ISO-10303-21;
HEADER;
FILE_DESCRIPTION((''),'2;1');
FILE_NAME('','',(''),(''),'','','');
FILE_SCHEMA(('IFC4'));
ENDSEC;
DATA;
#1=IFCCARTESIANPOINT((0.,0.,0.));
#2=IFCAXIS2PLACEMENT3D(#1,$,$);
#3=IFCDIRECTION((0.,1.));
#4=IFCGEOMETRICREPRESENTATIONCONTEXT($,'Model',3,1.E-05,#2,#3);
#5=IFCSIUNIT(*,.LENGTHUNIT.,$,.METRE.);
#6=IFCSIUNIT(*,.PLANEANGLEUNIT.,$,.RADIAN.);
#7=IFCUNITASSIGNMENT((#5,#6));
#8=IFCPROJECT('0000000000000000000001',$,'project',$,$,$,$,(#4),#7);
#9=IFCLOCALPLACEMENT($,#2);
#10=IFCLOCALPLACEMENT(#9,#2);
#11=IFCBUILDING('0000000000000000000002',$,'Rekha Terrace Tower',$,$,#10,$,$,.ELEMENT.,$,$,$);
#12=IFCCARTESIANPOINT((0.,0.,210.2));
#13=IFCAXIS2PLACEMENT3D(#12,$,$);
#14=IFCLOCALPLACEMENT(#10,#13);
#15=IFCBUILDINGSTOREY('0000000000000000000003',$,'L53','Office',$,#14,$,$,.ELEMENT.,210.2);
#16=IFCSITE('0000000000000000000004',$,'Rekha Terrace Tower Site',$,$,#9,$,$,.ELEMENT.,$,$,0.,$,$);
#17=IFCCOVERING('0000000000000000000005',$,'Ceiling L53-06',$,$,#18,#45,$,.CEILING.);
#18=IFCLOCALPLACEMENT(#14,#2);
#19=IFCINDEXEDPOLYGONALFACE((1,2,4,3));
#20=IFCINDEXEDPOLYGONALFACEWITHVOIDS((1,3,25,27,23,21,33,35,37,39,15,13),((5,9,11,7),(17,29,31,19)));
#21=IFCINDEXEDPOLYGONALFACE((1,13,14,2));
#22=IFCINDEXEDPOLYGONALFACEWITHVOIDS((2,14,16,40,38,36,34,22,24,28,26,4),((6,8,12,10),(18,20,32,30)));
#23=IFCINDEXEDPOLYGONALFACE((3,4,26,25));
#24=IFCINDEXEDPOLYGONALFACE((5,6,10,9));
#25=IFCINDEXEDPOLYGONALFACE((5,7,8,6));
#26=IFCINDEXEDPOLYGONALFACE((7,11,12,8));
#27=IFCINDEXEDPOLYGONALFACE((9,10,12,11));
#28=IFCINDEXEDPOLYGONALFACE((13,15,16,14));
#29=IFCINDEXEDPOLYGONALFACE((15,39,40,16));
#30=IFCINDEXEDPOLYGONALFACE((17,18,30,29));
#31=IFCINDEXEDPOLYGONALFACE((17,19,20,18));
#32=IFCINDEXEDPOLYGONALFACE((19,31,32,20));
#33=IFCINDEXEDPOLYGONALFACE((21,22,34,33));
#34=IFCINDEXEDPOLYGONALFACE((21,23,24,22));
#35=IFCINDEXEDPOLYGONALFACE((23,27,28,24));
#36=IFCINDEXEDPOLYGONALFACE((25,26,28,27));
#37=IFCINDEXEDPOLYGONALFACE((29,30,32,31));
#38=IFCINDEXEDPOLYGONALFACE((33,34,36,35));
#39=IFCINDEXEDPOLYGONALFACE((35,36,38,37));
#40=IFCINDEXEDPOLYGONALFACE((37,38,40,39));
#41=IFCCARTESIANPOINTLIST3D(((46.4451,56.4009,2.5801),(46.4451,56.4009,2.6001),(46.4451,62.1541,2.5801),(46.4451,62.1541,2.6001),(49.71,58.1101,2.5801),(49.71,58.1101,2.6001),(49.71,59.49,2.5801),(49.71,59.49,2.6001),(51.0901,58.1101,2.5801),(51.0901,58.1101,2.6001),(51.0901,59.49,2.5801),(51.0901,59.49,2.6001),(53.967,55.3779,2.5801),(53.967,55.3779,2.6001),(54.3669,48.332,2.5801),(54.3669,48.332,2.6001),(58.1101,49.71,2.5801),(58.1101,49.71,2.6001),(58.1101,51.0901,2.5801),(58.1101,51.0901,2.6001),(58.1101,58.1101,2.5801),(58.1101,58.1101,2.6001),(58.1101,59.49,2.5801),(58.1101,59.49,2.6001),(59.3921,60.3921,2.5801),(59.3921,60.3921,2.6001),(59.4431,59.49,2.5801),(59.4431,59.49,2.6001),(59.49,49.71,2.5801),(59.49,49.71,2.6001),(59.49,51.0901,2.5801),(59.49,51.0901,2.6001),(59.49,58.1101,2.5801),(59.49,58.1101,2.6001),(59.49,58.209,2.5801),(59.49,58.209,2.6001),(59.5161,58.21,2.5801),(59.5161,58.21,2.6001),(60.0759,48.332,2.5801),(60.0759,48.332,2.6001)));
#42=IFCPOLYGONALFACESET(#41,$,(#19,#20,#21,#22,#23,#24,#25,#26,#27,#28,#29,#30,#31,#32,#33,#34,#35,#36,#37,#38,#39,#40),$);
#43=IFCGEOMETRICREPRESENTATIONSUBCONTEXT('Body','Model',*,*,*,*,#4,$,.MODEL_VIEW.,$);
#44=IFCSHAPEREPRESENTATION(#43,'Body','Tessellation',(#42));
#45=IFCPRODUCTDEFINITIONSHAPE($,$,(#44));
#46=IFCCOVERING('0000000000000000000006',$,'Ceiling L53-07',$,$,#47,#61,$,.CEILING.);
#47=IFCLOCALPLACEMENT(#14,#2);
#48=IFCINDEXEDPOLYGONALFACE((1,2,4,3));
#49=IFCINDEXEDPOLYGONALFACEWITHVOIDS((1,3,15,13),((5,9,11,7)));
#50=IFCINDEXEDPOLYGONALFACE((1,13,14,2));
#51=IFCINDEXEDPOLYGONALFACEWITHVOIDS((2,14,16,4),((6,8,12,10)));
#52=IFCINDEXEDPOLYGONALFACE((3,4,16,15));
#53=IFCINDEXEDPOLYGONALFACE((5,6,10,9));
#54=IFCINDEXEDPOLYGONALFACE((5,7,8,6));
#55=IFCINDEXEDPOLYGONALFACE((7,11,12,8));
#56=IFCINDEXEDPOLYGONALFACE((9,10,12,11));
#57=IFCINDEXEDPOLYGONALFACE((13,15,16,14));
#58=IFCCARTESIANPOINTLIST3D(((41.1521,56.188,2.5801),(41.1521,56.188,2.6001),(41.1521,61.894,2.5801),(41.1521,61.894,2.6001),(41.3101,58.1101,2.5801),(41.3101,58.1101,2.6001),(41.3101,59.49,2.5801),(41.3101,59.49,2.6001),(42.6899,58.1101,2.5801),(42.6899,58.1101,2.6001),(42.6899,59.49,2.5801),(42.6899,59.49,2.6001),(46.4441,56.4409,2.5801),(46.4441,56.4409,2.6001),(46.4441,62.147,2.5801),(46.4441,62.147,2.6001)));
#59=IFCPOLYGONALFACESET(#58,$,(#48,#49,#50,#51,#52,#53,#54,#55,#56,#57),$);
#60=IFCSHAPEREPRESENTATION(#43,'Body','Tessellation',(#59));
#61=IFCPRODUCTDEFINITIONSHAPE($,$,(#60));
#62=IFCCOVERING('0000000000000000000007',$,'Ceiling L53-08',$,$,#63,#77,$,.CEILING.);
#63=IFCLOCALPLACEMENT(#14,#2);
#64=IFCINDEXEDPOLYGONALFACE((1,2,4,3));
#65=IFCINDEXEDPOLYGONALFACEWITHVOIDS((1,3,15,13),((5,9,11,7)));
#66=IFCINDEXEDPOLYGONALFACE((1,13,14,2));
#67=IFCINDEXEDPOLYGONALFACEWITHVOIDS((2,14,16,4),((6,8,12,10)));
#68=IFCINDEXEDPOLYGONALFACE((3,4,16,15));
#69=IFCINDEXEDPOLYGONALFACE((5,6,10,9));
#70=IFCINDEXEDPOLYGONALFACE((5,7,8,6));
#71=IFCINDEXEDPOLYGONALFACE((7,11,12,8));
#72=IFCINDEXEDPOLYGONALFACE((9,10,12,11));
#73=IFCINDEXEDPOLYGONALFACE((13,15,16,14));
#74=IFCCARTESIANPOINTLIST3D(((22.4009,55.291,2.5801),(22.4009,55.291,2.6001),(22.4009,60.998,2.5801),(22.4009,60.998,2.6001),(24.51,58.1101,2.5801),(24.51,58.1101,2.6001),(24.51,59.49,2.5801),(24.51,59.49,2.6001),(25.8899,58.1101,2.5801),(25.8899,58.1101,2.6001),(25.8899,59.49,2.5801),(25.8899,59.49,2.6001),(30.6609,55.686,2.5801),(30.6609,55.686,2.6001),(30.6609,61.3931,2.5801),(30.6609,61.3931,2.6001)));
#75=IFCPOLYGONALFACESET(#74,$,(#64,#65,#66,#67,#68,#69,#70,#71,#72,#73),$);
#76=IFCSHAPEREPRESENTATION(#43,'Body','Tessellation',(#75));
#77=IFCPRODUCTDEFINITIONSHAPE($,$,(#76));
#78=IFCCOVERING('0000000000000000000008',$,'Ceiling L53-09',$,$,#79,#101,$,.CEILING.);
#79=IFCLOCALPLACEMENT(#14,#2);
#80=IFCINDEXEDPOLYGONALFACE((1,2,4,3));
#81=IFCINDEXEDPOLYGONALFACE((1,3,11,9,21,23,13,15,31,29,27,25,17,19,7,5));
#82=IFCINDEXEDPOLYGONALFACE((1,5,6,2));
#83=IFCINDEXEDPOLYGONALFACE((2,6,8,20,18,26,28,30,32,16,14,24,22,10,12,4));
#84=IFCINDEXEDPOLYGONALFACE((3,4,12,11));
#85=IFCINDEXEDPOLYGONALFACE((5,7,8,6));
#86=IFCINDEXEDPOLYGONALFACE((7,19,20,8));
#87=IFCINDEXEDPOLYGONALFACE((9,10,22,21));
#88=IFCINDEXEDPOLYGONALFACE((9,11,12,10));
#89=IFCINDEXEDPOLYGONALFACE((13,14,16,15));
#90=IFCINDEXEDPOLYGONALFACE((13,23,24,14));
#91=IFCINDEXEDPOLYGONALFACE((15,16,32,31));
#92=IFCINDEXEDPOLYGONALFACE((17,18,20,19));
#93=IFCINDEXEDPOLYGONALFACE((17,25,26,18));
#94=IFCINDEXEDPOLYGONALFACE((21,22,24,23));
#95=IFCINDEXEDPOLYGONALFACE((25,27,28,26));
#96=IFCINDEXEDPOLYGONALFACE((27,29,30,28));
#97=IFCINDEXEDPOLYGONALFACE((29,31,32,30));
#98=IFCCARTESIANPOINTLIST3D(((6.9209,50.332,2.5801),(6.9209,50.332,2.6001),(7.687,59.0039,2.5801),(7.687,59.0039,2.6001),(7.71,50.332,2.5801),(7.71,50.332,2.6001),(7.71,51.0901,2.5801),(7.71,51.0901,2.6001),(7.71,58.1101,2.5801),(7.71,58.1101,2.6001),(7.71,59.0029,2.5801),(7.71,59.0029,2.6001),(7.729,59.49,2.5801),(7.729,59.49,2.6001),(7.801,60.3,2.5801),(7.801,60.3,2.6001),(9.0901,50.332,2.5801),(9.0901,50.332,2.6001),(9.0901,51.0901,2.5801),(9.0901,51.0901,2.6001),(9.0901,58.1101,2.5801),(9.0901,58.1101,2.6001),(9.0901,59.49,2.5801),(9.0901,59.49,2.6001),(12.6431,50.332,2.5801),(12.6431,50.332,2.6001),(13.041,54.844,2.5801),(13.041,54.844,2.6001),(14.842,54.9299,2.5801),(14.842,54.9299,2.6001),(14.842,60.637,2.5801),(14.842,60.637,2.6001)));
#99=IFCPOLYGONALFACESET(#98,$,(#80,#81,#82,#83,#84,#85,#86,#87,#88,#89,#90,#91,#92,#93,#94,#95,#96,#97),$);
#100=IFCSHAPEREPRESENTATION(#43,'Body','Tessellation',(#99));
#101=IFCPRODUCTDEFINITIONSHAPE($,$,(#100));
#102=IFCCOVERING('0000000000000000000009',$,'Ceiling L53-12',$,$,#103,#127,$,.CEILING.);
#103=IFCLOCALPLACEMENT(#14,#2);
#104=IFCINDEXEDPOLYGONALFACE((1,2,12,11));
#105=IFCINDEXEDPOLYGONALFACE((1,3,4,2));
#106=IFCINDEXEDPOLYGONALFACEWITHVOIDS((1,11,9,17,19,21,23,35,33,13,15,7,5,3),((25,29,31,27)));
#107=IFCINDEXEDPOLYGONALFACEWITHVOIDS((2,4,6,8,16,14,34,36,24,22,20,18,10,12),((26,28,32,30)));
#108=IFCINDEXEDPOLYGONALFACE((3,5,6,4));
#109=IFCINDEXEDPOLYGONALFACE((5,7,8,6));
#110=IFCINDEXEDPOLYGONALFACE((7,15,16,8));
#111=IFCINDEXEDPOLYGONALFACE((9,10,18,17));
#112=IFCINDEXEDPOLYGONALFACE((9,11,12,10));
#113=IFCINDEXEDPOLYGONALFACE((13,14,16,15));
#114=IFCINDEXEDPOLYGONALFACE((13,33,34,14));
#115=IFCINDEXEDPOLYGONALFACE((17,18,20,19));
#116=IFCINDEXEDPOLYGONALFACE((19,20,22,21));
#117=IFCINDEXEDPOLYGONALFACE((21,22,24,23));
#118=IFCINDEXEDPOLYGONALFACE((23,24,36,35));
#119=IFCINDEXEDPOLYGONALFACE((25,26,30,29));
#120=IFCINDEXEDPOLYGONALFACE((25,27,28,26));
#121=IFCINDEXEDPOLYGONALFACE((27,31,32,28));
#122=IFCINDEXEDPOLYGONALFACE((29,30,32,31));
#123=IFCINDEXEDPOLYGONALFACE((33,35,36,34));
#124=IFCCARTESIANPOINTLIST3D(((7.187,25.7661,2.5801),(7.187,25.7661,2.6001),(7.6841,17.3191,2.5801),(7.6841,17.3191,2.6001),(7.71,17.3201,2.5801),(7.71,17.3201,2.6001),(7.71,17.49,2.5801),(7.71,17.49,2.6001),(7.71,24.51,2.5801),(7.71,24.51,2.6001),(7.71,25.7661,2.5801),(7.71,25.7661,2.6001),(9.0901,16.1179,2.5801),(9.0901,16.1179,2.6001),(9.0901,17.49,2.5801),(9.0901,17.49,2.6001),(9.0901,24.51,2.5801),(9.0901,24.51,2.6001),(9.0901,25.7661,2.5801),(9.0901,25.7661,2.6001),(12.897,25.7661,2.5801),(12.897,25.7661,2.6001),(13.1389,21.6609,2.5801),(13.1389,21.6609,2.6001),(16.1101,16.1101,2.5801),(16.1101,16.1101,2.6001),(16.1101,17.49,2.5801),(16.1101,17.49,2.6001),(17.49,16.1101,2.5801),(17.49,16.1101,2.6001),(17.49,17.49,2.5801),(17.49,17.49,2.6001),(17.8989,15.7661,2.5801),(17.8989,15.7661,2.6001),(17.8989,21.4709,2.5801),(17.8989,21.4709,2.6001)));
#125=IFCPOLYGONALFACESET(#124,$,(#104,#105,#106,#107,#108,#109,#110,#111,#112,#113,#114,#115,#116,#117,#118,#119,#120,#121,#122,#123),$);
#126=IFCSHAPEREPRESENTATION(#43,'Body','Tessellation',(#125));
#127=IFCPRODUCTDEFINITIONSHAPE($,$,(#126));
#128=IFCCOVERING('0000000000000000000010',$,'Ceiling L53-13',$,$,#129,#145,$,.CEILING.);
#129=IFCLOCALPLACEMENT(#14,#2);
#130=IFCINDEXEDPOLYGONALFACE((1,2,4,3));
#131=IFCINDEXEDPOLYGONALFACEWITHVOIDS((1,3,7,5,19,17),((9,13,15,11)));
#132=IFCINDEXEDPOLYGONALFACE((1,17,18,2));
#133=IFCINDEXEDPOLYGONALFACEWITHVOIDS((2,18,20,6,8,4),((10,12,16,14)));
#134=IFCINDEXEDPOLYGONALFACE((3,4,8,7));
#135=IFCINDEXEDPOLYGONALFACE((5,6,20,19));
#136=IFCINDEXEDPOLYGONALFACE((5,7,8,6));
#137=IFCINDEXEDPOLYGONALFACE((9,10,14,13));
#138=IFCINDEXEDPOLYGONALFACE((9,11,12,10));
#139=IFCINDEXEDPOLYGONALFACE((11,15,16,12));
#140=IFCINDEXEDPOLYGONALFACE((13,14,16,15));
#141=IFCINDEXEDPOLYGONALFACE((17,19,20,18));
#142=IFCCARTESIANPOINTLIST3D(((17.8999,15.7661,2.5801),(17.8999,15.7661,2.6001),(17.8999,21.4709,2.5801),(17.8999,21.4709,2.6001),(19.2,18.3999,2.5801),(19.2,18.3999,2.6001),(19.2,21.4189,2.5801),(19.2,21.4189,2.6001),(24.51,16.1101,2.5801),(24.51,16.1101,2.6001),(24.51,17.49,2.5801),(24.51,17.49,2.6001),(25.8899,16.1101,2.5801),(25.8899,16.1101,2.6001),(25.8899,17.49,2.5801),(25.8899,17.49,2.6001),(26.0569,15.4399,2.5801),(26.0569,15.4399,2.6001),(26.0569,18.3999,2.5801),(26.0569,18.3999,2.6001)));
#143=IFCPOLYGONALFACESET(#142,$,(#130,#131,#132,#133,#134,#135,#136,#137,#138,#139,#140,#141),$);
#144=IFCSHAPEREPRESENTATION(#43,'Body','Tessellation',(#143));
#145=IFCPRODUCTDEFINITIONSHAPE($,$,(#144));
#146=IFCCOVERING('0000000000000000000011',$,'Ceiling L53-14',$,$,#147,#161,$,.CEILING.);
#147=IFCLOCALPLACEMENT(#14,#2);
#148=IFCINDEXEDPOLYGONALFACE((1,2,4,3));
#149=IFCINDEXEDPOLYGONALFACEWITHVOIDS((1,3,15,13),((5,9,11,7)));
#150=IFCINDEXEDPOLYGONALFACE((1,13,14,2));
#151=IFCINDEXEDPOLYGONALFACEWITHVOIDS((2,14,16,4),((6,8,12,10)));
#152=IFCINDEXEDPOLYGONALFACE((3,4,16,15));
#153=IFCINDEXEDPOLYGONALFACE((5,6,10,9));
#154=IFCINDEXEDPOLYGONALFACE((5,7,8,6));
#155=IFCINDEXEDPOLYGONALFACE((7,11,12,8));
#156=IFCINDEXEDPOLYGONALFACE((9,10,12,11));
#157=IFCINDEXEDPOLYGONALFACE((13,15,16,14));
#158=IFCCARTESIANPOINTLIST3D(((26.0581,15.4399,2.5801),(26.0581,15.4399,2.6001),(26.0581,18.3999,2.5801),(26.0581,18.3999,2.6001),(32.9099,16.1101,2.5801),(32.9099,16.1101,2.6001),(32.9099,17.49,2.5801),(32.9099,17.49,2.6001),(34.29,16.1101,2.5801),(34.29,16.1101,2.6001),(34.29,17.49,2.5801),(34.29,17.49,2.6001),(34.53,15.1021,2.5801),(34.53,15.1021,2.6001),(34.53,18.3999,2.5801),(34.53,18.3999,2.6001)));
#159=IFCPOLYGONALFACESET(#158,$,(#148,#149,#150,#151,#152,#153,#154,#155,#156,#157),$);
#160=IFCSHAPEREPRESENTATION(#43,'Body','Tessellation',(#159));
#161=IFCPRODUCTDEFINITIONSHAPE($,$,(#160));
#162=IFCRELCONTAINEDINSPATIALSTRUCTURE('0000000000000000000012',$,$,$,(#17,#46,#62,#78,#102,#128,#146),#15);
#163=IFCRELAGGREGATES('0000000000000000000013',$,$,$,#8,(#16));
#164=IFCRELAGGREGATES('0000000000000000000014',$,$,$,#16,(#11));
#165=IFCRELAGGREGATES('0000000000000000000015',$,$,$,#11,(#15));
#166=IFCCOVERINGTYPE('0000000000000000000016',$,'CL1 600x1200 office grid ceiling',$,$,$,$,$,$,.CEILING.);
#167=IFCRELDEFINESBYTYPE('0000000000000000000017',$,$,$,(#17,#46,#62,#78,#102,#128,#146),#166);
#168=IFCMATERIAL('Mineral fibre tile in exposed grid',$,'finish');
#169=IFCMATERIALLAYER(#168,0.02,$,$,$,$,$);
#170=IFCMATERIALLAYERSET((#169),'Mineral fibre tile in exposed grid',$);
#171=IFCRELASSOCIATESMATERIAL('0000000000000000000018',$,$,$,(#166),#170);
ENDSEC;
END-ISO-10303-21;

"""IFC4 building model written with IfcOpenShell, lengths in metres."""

from ifc_helpers import new_model, si_unit, direction, frame, origin, place, context, subcontext, project, spatial, polyline, outline, extrude, material, layer, layer_set, type_object, element, save


model = new_model("IFC4")

# Units and contexts
model_context = context("Model", 3, precision=1e-05, world=origin(), true_north=direction((0.0, 1.0)))
body_context = subcontext(model_context, "Body", "Model", "MODEL_VIEW")
ifc_project = project(units=[si_unit("LENGTHUNIT", "METRE"), si_unit("PLANEANGLEUNIT", "RADIAN")], contexts=[model_context])

# Site, building, storey
site_placement = place(None, origin())
site = spatial("IfcSite", under=ifc_project, at=site_placement, Name="Rekha Terrace Tower Site", CompositionType="ELEMENT", RefElevation=0.0)
building_placement = place(site_placement, origin())
building = spatial("IfcBuilding", under=site, at=building_placement, Name="Rekha Terrace Tower", CompositionType="ELEMENT")
storey_placement = place(building_placement, frame((0.0, 0.0, 210.2)))
storey = spatial("IfcBuildingStorey", under=building, at=storey_placement, Name="L53", Description="Office", CompositionType="ELEMENT", Elevation=210.2)

# Coverings
ifc_material_1 = material(Name="Mineral fibre tile in exposed grid", Category="finish")
ifc_layer_1 = layer(ifc_material_1, 0.02)
ifc_layer_set_1 = layer_set([ifc_layer_1], Name="Mineral fibre tile in exposed grid")
covering_type_1 = type_object("IfcCoveringType", Name="CL1 600x1200 office grid ceiling", PredefinedType="CEILING", material=ifc_layer_set_1)
covering_1_placement = place(storey_placement, frame((0.0, 0.0, 2.5801)))
element("IfcCovering", 1, at=covering_1_placement, inside=storey, type_object=covering_type_1, Name="Ceiling L53-06", PredefinedType="CEILING", context=body_context, shape_type="SweptSolid", body=[
    extrude(outline(polyline([(58.1101, 59.49), (59.4431, 59.49), (59.3921, 60.3921), (46.4451, 62.1541), (46.4451, 56.4009), (53.967, 55.3779), (54.3669, 48.332), (60.0759, 48.332), (59.5161, 58.21), (59.49, 58.209), (59.49, 58.1101), (58.1101, 58.1101), (58.1101, 59.49)]), holes=[polyline([(59.49, 51.0901), (59.49, 49.71), (58.1101, 49.71), (58.1101, 51.0901), (59.49, 51.0901)]), polyline([(51.0901, 58.1101), (49.71, 58.1101), (49.71, 59.49), (51.0901, 59.49), (51.0901, 58.1101)])]), origin(), (0.0, 0.0, 1.0), 0.02),
])
covering_2_placement = place(storey_placement, frame((0.0, 0.0, 2.5801)))
element("IfcCovering", 2, at=covering_2_placement, inside=storey, type_object=covering_type_1, Name="Ceiling L53-07", PredefinedType="CEILING", context=body_context, shape_type="SweptSolid", body=[
    extrude(outline(polyline([(46.4441, 62.147), (41.1521, 61.894), (41.1521, 56.188), (46.4441, 56.4409), (46.4441, 62.147)]), holes=[polyline([(42.6899, 59.49), (42.6899, 58.1101), (41.3101, 58.1101), (41.3101, 59.49), (42.6899, 59.49)])]), origin(), (0.0, 0.0, 1.0), 0.02),
])
covering_3_placement = place(storey_placement, frame((0.0, 0.0, 2.5801)))
element("IfcCovering", 3, at=covering_3_placement, inside=storey, type_object=covering_type_1, Name="Ceiling L53-08", PredefinedType="CEILING", context=body_context, shape_type="SweptSolid", body=[
    extrude(outline(polyline([(30.6609, 55.686), (30.6609, 61.3931), (22.4009, 60.998), (22.4009, 55.291), (30.6609, 55.686)]), holes=[polyline([(25.8899, 58.1101), (24.51, 58.1101), (24.51, 59.49), (25.8899, 59.49), (25.8899, 58.1101)])]), origin(), (0.0, 0.0, 1.0), 0.02),
])
covering_4_placement = place(storey_placement, frame((0.0, 0.0, 2.5801)))
element("IfcCovering", 4, at=covering_4_placement, inside=storey, type_object=covering_type_1, Name="Ceiling L53-09", PredefinedType="CEILING", context=body_context, shape_type="SweptSolid", body=[
    extrude(outline(polyline([(9.0901, 51.0901), (9.0901, 50.332), (12.6431, 50.332), (13.041, 54.844), (14.842, 54.9299), (14.842, 60.637), (7.801, 60.3), (7.729, 59.49), (9.0901, 59.49), (9.0901, 58.1101), (7.71, 58.1101), (7.71, 59.0029), (7.687, 59.0039), (6.9209, 50.332), (7.71, 50.332), (7.71, 51.0901), (9.0901, 51.0901)])), origin(), (0.0, 0.0, 1.0), 0.02),
])
covering_5_placement = place(storey_placement, frame((0.0, 0.0, 2.5801)))
element("IfcCovering", 5, at=covering_5_placement, inside=storey, type_object=covering_type_1, Name="Ceiling L53-12", PredefinedType="CEILING", context=body_context, shape_type="SweptSolid", body=[
    extrude(outline(polyline([(9.0901, 16.1179), (17.8989, 15.7661), (17.8989, 21.4709), (13.1389, 21.6609), (12.897, 25.7661), (9.0901, 25.7661), (9.0901, 24.51), (7.71, 24.51), (7.71, 25.7661), (7.187, 25.7661), (7.6841, 17.3191), (7.71, 17.3201), (7.71, 17.49), (9.0901, 17.49), (9.0901, 16.1179)]), holes=[polyline([(17.49, 17.49), (17.49, 16.1101), (16.1101, 16.1101), (16.1101, 17.49), (17.49, 17.49)])]), origin(), (0.0, 0.0, 1.0), 0.02),
])
covering_6_placement = place(storey_placement, frame((0.0, 0.0, 2.5801)))
element("IfcCovering", 6, at=covering_6_placement, inside=storey, type_object=covering_type_1, Name="Ceiling L53-13", PredefinedType="CEILING", context=body_context, shape_type="SweptSolid", body=[
    extrude(outline(polyline([(26.0569, 15.4399), (26.0569, 18.3999), (19.2, 18.3999), (19.2, 21.4189), (17.8999, 21.4709), (17.8999, 15.7661), (26.0569, 15.4399)]), holes=[polyline([(25.8899, 17.49), (25.8899, 16.1101), (24.51, 16.1101), (24.51, 17.49), (25.8899, 17.49)])]), origin(), (0.0, 0.0, 1.0), 0.02),
])
covering_7_placement = place(storey_placement, frame((0.0, 0.0, 2.5801)))
element("IfcCovering", 7, at=covering_7_placement, inside=storey, type_object=covering_type_1, Name="Ceiling L53-14", PredefinedType="CEILING", context=body_context, shape_type="SweptSolid", body=[
    extrude(outline(polyline([(26.0581, 18.3999), (26.0581, 15.4399), (34.53, 15.1021), (34.53, 18.3999), (26.0581, 18.3999)]), holes=[polyline([(34.29, 16.1101), (32.9099, 16.1101), (32.9099, 17.49), (34.29, 17.49), (34.29, 16.1101)])]), origin(), (0.0, 0.0, 1.0), 0.02),
])

save(model, "model.ifc")
